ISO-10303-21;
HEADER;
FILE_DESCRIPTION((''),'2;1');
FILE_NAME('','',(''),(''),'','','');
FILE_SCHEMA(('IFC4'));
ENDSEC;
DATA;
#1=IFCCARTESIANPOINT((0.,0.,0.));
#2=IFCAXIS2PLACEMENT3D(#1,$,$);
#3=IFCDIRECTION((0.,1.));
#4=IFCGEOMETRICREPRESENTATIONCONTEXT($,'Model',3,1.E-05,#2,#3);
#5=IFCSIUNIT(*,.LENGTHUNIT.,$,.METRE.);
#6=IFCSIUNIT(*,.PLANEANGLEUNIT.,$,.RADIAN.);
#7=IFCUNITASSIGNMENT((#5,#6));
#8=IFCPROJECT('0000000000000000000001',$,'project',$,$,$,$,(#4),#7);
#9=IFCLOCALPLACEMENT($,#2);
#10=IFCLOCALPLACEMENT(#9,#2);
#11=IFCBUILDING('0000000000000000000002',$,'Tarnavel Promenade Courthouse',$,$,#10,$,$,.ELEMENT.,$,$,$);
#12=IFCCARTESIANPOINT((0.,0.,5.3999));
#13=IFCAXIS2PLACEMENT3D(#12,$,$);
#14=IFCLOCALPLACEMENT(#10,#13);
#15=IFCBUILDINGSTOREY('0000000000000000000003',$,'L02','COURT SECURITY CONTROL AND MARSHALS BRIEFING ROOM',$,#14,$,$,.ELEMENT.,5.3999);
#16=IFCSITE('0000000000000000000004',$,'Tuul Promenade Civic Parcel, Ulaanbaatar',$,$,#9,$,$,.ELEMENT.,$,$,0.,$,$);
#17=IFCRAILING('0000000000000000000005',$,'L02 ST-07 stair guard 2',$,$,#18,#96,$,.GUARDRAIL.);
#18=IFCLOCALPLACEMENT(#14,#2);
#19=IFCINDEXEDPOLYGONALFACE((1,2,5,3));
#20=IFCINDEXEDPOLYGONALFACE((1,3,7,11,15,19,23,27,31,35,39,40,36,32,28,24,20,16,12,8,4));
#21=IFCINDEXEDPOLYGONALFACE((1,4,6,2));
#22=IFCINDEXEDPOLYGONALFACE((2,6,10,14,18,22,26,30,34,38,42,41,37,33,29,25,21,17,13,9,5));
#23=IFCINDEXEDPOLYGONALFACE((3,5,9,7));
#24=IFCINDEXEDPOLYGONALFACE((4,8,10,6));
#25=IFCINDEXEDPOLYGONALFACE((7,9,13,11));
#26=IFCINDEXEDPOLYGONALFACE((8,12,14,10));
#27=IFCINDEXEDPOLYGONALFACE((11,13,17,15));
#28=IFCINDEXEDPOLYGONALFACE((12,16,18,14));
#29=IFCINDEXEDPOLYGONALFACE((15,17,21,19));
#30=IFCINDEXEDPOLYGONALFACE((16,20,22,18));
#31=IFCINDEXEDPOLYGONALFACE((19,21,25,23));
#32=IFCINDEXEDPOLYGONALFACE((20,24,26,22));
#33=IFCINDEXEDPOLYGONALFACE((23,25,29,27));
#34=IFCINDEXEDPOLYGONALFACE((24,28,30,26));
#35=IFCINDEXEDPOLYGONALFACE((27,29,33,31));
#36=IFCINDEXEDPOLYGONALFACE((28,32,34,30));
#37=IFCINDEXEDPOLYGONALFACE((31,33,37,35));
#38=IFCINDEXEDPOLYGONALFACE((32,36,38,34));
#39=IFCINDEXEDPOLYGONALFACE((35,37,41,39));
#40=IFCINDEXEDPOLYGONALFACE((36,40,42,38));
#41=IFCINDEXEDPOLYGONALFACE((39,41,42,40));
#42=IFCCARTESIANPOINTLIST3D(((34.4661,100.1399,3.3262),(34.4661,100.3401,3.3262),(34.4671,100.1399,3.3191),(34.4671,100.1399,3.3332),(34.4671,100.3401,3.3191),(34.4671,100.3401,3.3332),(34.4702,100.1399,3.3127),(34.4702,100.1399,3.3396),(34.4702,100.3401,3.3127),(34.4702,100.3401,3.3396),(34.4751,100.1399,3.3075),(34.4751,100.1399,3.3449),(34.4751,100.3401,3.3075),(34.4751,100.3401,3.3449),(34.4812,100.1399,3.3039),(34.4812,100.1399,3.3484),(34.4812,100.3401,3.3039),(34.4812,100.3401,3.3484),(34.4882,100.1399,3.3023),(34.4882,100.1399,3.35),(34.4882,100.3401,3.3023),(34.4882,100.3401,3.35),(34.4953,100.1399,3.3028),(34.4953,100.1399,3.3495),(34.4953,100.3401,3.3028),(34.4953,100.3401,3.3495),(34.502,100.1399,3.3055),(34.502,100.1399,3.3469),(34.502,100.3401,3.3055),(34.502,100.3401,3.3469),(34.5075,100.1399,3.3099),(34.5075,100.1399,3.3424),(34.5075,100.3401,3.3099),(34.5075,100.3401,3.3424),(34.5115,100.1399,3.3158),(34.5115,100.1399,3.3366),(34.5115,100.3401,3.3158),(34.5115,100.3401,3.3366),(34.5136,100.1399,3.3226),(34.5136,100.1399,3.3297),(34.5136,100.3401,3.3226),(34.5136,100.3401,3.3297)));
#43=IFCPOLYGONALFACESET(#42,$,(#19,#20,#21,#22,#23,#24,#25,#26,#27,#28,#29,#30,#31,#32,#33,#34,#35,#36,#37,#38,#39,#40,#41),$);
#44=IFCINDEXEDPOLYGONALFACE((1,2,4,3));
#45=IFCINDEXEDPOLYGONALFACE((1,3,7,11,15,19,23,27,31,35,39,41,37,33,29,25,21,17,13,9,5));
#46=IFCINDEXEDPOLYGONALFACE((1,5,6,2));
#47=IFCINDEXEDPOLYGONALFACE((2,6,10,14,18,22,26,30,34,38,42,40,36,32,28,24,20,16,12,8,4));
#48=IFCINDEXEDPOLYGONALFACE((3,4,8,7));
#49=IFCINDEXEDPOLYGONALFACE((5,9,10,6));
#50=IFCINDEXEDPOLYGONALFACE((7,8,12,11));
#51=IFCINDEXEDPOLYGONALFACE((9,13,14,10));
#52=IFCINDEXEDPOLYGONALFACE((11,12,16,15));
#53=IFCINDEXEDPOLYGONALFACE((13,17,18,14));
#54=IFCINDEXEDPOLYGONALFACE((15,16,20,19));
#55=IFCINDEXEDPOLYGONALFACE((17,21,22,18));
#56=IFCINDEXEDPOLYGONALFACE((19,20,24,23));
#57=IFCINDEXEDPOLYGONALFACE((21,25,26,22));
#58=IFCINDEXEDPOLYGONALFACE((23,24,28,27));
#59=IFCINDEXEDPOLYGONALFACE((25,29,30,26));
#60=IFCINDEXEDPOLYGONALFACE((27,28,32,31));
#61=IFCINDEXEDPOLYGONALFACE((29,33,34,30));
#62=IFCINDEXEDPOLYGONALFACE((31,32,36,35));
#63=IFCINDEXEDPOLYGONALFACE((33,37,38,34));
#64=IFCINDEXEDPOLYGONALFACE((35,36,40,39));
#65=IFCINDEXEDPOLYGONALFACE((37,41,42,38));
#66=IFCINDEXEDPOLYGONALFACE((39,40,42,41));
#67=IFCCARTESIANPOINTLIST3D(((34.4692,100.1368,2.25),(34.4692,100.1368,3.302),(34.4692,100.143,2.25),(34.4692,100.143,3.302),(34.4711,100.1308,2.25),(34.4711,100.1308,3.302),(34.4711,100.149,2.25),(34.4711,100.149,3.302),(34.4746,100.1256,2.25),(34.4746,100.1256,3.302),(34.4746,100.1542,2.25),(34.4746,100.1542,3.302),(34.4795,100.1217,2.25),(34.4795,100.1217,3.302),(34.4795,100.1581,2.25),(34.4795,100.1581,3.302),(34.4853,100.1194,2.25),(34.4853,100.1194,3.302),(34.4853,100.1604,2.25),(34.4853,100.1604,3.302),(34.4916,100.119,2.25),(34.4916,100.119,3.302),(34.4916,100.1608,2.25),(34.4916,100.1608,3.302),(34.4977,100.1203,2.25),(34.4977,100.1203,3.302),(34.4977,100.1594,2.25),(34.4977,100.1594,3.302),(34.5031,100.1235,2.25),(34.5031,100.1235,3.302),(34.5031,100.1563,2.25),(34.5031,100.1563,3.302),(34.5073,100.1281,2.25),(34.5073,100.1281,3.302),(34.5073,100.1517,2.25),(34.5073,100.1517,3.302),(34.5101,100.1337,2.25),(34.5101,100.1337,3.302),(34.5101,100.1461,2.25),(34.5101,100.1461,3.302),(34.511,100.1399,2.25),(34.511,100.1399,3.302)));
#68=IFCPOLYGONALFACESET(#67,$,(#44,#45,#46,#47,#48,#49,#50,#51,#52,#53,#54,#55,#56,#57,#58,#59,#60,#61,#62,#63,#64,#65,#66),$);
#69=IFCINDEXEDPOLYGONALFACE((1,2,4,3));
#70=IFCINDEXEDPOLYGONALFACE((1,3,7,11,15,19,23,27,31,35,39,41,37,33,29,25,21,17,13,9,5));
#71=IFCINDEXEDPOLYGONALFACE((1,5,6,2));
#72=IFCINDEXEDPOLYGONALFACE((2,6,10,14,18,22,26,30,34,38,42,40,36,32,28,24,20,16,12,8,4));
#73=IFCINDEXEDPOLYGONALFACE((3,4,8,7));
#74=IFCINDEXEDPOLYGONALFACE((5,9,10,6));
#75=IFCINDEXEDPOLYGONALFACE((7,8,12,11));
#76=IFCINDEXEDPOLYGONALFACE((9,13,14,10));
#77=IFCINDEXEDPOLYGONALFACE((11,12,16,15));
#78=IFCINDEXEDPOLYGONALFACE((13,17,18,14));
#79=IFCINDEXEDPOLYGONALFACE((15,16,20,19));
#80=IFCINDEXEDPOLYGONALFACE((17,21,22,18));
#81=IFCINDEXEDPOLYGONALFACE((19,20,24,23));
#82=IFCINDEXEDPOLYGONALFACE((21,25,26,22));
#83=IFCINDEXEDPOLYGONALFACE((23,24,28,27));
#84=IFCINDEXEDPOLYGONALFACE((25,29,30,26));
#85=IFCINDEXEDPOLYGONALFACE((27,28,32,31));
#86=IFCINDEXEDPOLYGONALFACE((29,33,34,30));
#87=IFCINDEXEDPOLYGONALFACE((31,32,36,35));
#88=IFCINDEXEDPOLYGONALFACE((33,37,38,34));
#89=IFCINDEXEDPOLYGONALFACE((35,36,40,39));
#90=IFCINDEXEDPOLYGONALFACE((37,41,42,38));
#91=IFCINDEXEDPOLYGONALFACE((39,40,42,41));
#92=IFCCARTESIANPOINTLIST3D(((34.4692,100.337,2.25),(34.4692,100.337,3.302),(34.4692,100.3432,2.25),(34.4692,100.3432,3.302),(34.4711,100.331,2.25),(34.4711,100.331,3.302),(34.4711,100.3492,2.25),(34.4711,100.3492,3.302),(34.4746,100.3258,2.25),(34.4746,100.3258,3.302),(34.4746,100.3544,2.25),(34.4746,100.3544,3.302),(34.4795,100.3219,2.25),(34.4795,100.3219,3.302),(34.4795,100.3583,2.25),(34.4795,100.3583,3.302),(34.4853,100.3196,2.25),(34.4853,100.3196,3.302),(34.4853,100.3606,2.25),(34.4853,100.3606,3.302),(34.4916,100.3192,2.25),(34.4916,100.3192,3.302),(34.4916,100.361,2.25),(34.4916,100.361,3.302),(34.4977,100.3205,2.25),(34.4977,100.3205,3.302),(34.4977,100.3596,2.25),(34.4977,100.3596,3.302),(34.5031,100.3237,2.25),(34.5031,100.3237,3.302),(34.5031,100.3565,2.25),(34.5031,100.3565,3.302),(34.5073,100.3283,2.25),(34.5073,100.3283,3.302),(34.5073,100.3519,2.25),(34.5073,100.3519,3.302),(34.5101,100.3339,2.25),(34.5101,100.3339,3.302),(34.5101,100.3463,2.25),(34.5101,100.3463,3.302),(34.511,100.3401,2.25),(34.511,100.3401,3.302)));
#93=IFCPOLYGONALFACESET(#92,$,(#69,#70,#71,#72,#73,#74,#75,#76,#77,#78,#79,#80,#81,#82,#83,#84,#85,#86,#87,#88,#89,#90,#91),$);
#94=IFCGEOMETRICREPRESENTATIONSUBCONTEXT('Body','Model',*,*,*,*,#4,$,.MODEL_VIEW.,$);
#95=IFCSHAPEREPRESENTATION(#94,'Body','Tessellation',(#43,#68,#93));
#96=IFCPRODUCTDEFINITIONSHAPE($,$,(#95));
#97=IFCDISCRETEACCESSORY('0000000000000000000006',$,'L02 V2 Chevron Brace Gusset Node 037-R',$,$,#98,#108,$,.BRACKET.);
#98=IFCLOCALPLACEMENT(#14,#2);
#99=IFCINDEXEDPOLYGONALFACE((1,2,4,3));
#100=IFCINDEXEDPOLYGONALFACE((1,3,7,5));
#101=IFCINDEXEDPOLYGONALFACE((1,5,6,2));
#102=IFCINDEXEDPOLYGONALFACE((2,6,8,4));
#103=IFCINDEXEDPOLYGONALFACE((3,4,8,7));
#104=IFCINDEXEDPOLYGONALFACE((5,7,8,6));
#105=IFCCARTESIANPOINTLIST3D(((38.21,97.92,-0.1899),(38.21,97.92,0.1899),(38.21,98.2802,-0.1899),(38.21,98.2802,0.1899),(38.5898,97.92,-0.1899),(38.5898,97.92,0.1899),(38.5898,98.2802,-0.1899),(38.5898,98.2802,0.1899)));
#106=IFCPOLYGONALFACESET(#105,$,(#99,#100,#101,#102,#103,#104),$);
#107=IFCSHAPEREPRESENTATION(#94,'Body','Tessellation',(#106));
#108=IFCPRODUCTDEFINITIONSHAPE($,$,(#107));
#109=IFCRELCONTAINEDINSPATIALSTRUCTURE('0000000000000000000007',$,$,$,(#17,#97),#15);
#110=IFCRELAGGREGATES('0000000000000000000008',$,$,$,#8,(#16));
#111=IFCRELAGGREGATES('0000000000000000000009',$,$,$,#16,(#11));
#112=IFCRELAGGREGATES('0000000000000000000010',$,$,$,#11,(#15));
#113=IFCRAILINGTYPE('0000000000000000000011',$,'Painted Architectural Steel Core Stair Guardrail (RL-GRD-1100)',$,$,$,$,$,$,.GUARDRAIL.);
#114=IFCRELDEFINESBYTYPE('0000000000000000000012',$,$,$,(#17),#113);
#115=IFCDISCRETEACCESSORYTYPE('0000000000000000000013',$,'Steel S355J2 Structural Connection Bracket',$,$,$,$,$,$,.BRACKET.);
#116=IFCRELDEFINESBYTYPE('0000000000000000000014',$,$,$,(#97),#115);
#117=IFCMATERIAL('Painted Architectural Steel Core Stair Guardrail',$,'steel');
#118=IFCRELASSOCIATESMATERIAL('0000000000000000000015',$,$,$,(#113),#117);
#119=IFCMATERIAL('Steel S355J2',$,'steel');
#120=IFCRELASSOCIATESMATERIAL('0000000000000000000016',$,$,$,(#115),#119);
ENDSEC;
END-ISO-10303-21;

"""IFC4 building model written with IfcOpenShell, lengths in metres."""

from ifc_helpers import new_model, si_unit, direction, frame, origin, origin_2d, place, context, subcontext, project, spatial, rectangle, circle, extrude, material, type_object, element, save


model = new_model("IFC4")

# Units and contexts
model_context = context("Model", 3, precision=1e-05, world=origin(), true_north=direction((0.0, 1.0)))
body_context = subcontext(model_context, "Body", "Model", "MODEL_VIEW")
ifc_project = project(units=[si_unit("LENGTHUNIT", "METRE"), si_unit("PLANEANGLEUNIT", "RADIAN")], contexts=[model_context])

# Site, building, storey
site_placement = place(None, origin())
site = spatial("IfcSite", under=ifc_project, at=site_placement, Name="Tuul Promenade Civic Parcel, Ulaanbaatar", CompositionType="ELEMENT", RefElevation=0.0)
building_placement = place(site_placement, origin())
building = spatial("IfcBuilding", under=site, at=building_placement, Name="Tarnavel Promenade Courthouse", CompositionType="ELEMENT")
storey_placement = place(building_placement, frame((0.0, 0.0, 5.3999)))
storey = spatial("IfcBuildingStorey", under=building, at=storey_placement, Name="L02", Description="COURT SECURITY CONTROL AND MARSHALS BRIEFING ROOM", CompositionType="ELEMENT", Elevation=5.3999)

# Shared definitions
ifc_material_1 = material(Name="Steel S355J2", Category="steel")

# Railing
ifc_material_2 = material(Name="Painted Architectural Steel Core Stair Guardrail", Category="steel")
railing_type_1 = type_object("IfcRailingType", Name="Painted Architectural Steel Core Stair Guardrail (RL-GRD-1100)", PredefinedType="GUARDRAIL", material=ifc_material_2)
railing_1_placement = place(storey_placement, frame((34.49, 100.1399, 2.25)))
element("IfcRailing", 1, at=railing_1_placement, inside=storey, type_object=railing_type_1, Name="L02 ST-07 stair guard 2", PredefinedType="GUARDRAIL", context=body_context, shape_type="SweptSolid", body=[
    extrude(circle(Radius=0.0239, at=origin_2d()), frame((0.0, 0.0, 1.0762), z_axis=(0.0, 1.0, 0.0), x_axis=(-1.0, 0.0, 0.0)), (0.0, 0.0, 1.0), 0.2002),
    extrude(circle(Radius=0.021, at=origin_2d()), origin(), (0.0, 0.0, 1.0), 1.052),
    extrude(circle(Radius=0.021, at=origin_2d()), frame((0.0, 0.2002, 0.0)), (0.0, 0.0, 1.0), 1.052),
])

# Discrete accessory
discrete_accessory_type = type_object("IfcDiscreteAccessoryType", Name="Steel S355J2 Structural Connection Bracket", PredefinedType="BRACKET", material=ifc_material_1)
discrete_accessory_placement = place(storey_placement, frame((38.3999, 98.1001, -0.1899), z_axis=(0.0, 0.0, 1.0), x_axis=(1.0, 0.0, 0.0)))
element("IfcDiscreteAccessory", 2, at=discrete_accessory_placement, inside=storey, type_object=discrete_accessory_type, Name="L02 V2 Chevron Brace Gusset Node 037-R", PredefinedType="BRACKET", context=body_context, shape_type="SweptSolid", body=[
    extrude(rectangle(XDim=0.3799, YDim=0.3601, at=origin_2d()), origin(), (0.0, 0.0, 1.0), 0.3799),
])

save(model, "model.ifc")
